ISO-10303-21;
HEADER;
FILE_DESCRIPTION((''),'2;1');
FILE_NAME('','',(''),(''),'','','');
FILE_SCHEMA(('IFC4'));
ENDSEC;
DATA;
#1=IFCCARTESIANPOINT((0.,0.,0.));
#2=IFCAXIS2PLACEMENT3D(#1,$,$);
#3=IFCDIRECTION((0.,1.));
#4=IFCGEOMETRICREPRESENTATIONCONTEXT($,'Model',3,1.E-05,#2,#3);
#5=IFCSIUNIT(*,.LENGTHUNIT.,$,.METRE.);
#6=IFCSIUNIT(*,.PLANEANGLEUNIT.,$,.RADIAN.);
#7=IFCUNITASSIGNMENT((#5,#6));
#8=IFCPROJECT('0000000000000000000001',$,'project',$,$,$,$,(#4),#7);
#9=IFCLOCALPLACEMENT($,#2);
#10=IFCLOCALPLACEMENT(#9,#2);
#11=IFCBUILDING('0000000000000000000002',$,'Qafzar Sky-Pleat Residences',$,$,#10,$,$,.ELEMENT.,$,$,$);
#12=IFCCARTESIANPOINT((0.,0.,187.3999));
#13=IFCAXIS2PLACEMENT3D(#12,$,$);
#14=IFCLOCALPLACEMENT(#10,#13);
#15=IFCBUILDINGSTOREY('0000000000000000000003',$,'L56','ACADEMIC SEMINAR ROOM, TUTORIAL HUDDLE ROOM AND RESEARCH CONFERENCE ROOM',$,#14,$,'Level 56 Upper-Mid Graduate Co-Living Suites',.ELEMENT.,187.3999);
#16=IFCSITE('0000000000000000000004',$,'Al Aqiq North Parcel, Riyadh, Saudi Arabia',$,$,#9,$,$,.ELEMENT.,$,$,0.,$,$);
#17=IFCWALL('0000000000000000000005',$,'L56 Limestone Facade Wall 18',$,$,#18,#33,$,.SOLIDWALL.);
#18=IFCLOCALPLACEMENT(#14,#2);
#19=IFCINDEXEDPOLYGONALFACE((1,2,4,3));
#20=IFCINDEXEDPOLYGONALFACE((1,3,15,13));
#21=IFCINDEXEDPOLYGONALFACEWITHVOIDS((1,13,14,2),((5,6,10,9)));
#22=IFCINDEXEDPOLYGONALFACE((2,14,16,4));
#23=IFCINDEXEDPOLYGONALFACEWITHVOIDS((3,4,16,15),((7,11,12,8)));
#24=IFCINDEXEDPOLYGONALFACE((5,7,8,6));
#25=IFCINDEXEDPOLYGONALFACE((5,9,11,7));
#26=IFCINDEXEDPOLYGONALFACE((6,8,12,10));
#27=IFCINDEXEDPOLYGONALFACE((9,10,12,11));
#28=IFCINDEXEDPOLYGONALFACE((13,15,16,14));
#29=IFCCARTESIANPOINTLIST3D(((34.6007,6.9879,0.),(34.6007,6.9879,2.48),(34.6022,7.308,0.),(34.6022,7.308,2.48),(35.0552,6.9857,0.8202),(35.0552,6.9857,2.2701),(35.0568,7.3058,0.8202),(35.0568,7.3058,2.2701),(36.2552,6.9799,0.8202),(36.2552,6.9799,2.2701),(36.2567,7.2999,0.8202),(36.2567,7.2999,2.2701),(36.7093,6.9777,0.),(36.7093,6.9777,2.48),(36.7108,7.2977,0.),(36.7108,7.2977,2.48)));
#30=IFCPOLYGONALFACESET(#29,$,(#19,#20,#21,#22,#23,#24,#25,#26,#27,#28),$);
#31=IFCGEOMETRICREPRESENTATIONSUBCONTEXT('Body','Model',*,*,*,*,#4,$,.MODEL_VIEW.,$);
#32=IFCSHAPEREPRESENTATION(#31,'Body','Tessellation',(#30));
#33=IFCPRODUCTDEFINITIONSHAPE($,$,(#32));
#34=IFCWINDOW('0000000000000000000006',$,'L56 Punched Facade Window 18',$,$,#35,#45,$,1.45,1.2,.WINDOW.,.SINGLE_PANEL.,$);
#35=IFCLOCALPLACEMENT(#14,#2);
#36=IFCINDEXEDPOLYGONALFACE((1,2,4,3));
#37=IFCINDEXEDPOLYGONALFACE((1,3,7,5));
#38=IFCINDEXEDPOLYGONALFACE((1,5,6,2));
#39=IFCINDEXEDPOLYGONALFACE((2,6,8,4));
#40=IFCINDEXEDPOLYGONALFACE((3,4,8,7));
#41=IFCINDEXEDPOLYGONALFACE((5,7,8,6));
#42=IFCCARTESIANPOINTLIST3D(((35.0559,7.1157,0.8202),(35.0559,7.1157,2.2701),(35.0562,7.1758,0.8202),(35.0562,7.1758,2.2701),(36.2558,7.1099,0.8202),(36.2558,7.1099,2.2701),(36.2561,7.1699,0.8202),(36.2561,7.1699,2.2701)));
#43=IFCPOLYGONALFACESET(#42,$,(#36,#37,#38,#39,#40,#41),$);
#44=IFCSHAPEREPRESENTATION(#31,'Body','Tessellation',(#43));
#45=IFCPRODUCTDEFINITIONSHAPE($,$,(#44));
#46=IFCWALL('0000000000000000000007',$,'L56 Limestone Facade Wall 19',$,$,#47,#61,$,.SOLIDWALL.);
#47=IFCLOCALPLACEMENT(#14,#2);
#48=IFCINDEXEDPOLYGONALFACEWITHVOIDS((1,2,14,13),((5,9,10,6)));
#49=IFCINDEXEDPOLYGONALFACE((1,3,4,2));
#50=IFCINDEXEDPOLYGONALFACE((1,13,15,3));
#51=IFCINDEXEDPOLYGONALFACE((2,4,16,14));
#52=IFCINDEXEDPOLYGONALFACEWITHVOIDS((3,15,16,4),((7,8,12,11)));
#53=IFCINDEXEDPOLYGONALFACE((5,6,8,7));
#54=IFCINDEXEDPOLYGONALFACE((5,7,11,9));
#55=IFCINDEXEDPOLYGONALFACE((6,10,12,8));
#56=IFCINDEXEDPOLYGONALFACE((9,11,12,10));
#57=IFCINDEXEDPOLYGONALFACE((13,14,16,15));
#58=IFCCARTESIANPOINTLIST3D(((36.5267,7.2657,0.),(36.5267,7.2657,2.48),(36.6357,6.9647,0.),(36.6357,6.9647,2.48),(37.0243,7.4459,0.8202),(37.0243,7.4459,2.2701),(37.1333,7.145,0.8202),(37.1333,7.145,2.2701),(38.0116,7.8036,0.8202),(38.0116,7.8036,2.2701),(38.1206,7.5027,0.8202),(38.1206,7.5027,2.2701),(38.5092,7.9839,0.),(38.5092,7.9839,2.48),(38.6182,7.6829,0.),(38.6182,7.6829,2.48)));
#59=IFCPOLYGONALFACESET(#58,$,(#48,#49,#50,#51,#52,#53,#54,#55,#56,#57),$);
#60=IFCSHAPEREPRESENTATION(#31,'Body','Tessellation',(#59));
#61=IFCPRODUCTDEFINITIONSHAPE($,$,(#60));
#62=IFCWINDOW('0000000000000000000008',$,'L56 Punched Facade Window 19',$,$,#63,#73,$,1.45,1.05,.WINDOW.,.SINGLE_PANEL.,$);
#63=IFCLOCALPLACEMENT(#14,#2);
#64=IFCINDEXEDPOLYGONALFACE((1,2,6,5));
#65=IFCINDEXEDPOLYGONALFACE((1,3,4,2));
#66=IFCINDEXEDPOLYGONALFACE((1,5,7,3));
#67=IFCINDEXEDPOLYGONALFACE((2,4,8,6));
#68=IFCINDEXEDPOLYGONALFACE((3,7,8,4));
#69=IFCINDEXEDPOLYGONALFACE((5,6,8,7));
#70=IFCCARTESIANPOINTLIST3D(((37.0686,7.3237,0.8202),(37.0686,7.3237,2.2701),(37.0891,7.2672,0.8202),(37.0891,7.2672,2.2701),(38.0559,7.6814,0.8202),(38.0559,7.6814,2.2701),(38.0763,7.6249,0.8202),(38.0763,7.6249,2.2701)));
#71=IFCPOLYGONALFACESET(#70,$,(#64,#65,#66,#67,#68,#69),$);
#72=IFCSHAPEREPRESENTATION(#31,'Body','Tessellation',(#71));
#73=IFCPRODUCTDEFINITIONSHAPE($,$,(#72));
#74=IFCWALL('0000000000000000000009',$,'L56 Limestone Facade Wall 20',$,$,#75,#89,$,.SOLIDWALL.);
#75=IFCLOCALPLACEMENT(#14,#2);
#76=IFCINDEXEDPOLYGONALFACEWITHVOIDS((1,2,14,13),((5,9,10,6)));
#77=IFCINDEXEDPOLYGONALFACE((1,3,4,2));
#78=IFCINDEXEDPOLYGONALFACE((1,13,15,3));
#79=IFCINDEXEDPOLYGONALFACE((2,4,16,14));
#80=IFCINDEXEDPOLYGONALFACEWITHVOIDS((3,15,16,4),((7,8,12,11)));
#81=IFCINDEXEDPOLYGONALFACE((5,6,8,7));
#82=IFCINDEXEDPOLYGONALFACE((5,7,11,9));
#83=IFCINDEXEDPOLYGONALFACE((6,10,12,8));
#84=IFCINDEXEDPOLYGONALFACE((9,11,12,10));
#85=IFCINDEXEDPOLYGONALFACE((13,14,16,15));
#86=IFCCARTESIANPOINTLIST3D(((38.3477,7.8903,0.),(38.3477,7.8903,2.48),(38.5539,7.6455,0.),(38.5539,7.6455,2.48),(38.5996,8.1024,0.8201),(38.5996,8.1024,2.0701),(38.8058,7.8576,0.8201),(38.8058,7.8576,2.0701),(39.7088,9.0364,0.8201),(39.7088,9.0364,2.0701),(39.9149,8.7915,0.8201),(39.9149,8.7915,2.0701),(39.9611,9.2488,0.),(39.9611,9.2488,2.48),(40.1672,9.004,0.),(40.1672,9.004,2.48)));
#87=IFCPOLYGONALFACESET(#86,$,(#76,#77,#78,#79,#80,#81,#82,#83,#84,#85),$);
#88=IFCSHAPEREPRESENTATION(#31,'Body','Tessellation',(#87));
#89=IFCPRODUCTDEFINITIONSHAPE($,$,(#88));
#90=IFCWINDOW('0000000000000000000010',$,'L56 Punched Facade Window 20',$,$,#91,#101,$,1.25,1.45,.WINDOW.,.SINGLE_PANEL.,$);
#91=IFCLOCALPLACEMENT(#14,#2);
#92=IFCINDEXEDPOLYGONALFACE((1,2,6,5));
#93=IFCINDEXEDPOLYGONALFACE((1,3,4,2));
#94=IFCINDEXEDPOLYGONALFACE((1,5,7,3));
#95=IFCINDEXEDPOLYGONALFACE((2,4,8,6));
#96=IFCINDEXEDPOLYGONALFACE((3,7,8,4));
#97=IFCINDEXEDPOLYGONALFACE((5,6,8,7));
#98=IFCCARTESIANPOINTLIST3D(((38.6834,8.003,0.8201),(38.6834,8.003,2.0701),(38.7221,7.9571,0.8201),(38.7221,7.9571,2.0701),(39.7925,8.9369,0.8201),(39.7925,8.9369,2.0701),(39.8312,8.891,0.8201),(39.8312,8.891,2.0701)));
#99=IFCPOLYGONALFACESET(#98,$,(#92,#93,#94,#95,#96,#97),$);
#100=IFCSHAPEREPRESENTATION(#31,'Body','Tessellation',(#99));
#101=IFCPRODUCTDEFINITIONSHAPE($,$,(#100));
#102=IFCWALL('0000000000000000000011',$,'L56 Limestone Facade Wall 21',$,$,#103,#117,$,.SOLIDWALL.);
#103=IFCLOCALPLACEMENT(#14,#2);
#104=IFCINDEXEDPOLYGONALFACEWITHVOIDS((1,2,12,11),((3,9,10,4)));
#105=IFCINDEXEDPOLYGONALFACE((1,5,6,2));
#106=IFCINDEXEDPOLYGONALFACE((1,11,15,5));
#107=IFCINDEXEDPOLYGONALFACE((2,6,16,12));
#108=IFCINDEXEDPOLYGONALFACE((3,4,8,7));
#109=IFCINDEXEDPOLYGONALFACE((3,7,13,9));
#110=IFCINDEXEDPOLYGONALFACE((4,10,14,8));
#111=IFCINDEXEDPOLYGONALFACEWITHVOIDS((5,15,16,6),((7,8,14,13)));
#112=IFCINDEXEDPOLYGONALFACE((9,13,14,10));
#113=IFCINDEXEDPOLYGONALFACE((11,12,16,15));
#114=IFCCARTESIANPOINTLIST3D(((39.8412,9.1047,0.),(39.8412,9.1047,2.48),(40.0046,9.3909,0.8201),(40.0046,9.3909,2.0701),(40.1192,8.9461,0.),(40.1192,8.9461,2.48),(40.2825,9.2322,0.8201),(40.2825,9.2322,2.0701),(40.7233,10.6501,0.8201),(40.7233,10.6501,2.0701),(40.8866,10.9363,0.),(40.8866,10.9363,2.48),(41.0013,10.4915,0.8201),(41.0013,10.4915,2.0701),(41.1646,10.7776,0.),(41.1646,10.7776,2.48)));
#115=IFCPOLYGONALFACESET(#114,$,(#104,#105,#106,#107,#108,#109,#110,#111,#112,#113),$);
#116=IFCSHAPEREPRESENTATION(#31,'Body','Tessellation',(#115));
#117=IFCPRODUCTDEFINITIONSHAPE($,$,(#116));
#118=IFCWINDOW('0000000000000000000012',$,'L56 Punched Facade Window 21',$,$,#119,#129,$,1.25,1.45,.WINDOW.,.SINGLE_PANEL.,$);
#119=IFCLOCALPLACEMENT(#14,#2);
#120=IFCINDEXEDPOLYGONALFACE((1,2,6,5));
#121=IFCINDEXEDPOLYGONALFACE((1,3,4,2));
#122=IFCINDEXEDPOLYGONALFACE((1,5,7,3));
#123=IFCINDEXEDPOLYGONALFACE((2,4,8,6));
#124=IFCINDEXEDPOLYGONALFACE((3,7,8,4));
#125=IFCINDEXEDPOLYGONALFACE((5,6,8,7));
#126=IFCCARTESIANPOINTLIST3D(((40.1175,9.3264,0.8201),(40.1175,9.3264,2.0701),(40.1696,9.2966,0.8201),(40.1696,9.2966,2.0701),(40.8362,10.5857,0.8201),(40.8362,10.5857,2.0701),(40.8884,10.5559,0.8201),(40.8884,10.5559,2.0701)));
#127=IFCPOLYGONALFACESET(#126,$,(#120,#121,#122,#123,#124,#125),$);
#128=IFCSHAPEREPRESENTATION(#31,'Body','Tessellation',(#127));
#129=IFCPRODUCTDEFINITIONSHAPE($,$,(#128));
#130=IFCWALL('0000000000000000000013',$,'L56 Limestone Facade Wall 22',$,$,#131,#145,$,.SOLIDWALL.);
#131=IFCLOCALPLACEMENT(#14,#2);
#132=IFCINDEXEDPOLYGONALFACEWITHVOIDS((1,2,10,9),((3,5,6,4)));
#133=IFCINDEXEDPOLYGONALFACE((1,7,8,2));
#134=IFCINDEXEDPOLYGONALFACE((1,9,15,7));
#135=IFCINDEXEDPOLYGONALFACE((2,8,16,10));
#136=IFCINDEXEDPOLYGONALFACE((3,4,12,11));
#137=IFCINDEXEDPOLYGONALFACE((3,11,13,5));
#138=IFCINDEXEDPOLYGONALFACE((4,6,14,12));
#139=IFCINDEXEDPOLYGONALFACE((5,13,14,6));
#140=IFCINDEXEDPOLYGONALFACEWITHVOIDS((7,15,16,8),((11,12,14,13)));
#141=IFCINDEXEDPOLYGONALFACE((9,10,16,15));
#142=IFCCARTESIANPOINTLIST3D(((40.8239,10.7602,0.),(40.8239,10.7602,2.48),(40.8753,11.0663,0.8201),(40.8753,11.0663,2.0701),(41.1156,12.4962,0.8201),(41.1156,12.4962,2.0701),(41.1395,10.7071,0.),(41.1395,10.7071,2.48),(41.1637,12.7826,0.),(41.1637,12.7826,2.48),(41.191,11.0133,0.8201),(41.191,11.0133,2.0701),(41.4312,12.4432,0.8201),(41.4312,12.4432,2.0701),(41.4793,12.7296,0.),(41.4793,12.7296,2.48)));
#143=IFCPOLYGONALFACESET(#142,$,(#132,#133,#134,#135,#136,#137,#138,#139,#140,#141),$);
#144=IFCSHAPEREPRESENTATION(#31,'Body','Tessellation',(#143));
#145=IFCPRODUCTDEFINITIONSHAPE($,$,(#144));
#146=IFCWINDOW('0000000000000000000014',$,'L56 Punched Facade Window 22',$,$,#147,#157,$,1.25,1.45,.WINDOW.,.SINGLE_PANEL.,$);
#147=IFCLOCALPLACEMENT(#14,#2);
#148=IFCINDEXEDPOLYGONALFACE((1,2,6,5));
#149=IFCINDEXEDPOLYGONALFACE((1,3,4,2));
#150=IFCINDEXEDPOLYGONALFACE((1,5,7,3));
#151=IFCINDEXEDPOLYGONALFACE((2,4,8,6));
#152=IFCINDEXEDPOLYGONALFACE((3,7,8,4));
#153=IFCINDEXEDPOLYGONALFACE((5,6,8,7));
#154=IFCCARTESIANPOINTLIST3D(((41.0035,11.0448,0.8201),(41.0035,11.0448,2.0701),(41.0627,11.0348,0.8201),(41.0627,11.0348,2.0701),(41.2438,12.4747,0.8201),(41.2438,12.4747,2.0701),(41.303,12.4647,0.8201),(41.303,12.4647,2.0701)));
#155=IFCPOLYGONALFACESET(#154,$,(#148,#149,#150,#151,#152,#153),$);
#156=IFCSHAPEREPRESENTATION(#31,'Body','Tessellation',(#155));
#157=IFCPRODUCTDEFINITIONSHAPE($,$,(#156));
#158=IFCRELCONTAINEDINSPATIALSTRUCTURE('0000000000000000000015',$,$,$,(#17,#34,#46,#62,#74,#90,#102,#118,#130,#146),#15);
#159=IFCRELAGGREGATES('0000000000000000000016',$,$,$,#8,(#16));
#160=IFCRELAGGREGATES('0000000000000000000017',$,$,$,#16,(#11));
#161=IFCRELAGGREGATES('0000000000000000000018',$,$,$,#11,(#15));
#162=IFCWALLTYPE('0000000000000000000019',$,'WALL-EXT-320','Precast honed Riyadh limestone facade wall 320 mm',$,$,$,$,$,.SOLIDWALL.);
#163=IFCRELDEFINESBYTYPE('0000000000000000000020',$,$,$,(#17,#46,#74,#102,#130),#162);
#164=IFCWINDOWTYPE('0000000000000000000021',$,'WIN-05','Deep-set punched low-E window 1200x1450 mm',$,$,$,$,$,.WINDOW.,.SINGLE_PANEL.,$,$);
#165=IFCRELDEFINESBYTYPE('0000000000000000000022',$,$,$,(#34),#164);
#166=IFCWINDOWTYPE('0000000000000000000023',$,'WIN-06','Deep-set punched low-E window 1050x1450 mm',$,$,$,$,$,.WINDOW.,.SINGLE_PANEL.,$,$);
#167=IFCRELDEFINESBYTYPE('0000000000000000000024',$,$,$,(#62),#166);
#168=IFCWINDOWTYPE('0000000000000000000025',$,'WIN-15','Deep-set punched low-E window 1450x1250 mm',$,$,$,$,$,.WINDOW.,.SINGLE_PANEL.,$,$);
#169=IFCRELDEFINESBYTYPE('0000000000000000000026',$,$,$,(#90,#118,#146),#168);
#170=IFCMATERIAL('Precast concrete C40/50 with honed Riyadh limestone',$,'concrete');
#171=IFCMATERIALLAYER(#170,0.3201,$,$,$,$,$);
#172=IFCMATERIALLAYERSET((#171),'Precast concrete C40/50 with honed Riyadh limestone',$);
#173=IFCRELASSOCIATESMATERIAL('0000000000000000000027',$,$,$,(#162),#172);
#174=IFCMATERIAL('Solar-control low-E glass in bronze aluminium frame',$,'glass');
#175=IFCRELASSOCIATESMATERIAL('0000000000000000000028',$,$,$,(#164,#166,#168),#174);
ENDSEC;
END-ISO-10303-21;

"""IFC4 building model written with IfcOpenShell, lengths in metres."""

from ifc_helpers import new_model, si_unit, direction, frame, frame_2d, origin, place, context, subcontext, project, spatial, rectangle, extrude, source, transform, mapped, material, layer, layer_set, type_object, element, fill, save


model = new_model("IFC4")

# Units and contexts
model_context = context("Model", 3, precision=1e-05, world=origin(), true_north=direction((0.0, 1.0)))
body_context = subcontext(model_context, "Body", "Model", "MODEL_VIEW")
ifc_project = project(units=[si_unit("LENGTHUNIT", "METRE"), si_unit("PLANEANGLEUNIT", "RADIAN")], contexts=[model_context])

# Site, building, storey
site_placement = place(None, origin())
site = spatial("IfcSite", under=ifc_project, at=site_placement, Name="Al Aqiq North Parcel, Riyadh, Saudi Arabia", CompositionType="ELEMENT", RefElevation=0.0)
building_placement = place(site_placement, origin())
building = spatial("IfcBuilding", under=site, at=building_placement, Name="Qafzar Sky-Pleat Residences", CompositionType="ELEMENT")
storey_placement = place(building_placement, frame((0.0, 0.0, 187.3999)))
storey = spatial("IfcBuildingStorey", under=building, at=storey_placement, Name="L56", Description="ACADEMIC SEMINAR ROOM, TUTORIAL HUDDLE ROOM AND RESEARCH CONFERENCE ROOM", LongName="Level 56 Upper-Mid Graduate Co-Living Suites", CompositionType="ELEMENT", Elevation=187.3999)

# Walls, openings, windows
ifc_material_1 = material(Name="Precast concrete C40/50 with honed Riyadh limestone", Category="concrete")
ifc_layer_1 = layer(ifc_material_1, 0.3201)
ifc_layer_set_1 = layer_set([ifc_layer_1], Name="Precast concrete C40/50 with honed Riyadh limestone")
wall_type = type_object("IfcWallType", Name="WALL-EXT-320", Description="Precast honed Riyadh limestone facade wall 320 mm", PredefinedType="SOLIDWALL", material=ifc_layer_set_1)
wall_1_placement = place(storey_placement, frame((34.6016, 7.1479, 0.0), z_axis=(0.0, 0.0, 1.0), x_axis=(0.999988, -0.004863, 0.0)))
wall_1 = element("IfcWall", 1, at=wall_1_placement, inside=storey, type_object=wall_type, Name="L56 Limestone Facade Wall 18", PredefinedType="SOLIDWALL", context=body_context, shape_type="SweptSolid", body=[
    extrude(rectangle(XDim=2.1086, YDim=0.3201, at=frame_2d((1.0542, 0.0))), origin(), (0.0, 0.0, 1.0), 2.48),
])
opening_1_placement = place(wall_1_placement, frame((0.4543, 0.0, 0.8201)))
opening_1 = element("IfcOpeningElement", 2, at=opening_1_placement, cuts=wall_1, PredefinedType="OPENING", context=body_context, shape_type="SweptSolid", body=[
    extrude(rectangle(XDim=1.2, YDim=1.45, at=frame_2d((0.6001, 0.7251))), frame((0.0, 0.1699, 0.0), z_axis=(0.0, -1.0, 0.0), x_axis=(1.0, 0.0, 0.0)), (0.0, 0.0, 1.0), 0.3401),
])
ifc_material_2 = material(Name="Solar-control low-E glass in bronze aluminium frame", Category="glass")
window_type_1 = type_object("IfcWindowType", Name="WIN-05", Description="Deep-set punched low-E window 1200x1450 mm", PartitioningType="SINGLE_PANEL", PredefinedType="WINDOW", material=ifc_material_2)
shared_shape_1 = source(origin(), body_context, "Body", "SweptSolid", [
    extrude(rectangle(XDim=1.2, YDim=1.45, at=frame_2d((0.6001, 0.7251))), frame((0.0, 0.03, 0.0), z_axis=(0.0, -1.0, 0.0), x_axis=(1.0, 0.0, 0.0)), (0.0, 0.0, 1.0), 0.0601),
])
window_1_placement = place(opening_1_placement, origin())
window_1 = element("IfcWindow", 3, at=window_1_placement, inside=storey, type_object=window_type_1, Name="L56 Punched Facade Window 18", OverallHeight=1.45, OverallWidth=1.2, PartitioningType="SINGLE_PANEL", PredefinedType="WINDOW", context=body_context, shape_type="MappedRepresentation", body=[
    mapped(shared_shape_1, transform((0.0, 0.0, 0.0), x_axis=(1.0, 0.0, 0.0), y_axis=(0.0, 1.0, 0.0), z_axis=(0.0, 0.0, 1.0), scale=1.0)),
])
fill(opening_1, window_1)
wall_2_placement = place(storey_placement, frame((36.5813, 7.1152, 0.0), z_axis=(0.0, 0.0, 1.0), x_axis=(0.940205, 0.340609, 0.0)))
wall_2 = element("IfcWall", 4, at=wall_2_placement, inside=storey, type_object=wall_type, Name="L56 Limestone Facade Wall 19", PredefinedType="SOLIDWALL", context=body_context, shape_type="SweptSolid", body=[
    extrude(rectangle(XDim=2.1086, YDim=0.3201, at=frame_2d((1.0542, 0.0))), origin(), (0.0, 0.0, 1.0), 2.48),
])
opening_2_placement = place(wall_2_placement, frame((0.5293, 0.0, 0.8201)))
opening_2 = element("IfcOpeningElement", 5, at=opening_2_placement, cuts=wall_2, PredefinedType="OPENING", context=body_context, shape_type="SweptSolid", body=[
    extrude(rectangle(XDim=1.05, YDim=1.45, at=frame_2d((0.5249, 0.7251))), frame((0.0, 0.1699, 0.0), z_axis=(0.0, -1.0, 0.0), x_axis=(1.0, 0.0, 0.0)), (0.0, 0.0, 1.0), 0.3401),
])
window_type_2 = type_object("IfcWindowType", Name="WIN-06", Description="Deep-set punched low-E window 1050x1450 mm", PartitioningType="SINGLE_PANEL", PredefinedType="WINDOW", material=ifc_material_2)
shared_shape_2 = source(origin(), body_context, "Body", "SweptSolid", [
    extrude(rectangle(XDim=1.05, YDim=1.45, at=frame_2d((0.5249, 0.7251))), frame((0.0, 0.03, 0.0), z_axis=(0.0, -1.0, 0.0), x_axis=(1.0, 0.0, 0.0)), (0.0, 0.0, 1.0), 0.0601),
])
window_2_placement = place(opening_2_placement, origin())
window_2 = element("IfcWindow", 6, at=window_2_placement, inside=storey, type_object=window_type_2, Name="L56 Punched Facade Window 19", OverallHeight=1.45, OverallWidth=1.05, PartitioningType="SINGLE_PANEL", PredefinedType="WINDOW", context=body_context, shape_type="MappedRepresentation", body=[
    mapped(shared_shape_2, transform((0.0, 0.0, 0.0), x_axis=(1.0, 0.0, 0.0), y_axis=(0.0, 1.0, 0.0), z_axis=(0.0, 0.0, 1.0), scale=1.0)),
])
fill(opening_2, window_2)
wall_3_placement = place(storey_placement, frame((38.4507, 7.7678, 0.0), z_axis=(0.0, 0.0, 1.0), x_axis=(0.764947, 0.644093, 0.0)))
wall_3 = element("IfcWall", 7, at=wall_3_placement, inside=storey, type_object=wall_type, Name="L56 Limestone Facade Wall 20", PredefinedType="SOLIDWALL", context=body_context, shape_type="SweptSolid", body=[
    extrude(rectangle(XDim=2.1091, YDim=0.3201, at=frame_2d((1.0547, 0.0))), origin(), (0.0, 0.0, 1.0), 2.48),
])
opening_3_placement = place(wall_3_placement, frame((0.3293, 0.0, 0.8201)))
opening_3 = element("IfcOpeningElement", 8, at=opening_3_placement, cuts=wall_3, PredefinedType="OPENING", context=body_context, shape_type="SweptSolid", body=[
    extrude(rectangle(XDim=1.45, YDim=1.25, at=frame_2d((0.7251, 0.625))), frame((0.0, 0.1699, 0.0), z_axis=(0.0, -1.0, 0.0), x_axis=(1.0, 0.0, 0.0)), (0.0, 0.0, 1.0), 0.3401),
])
window_type_3 = type_object("IfcWindowType", Name="WIN-15", Description="Deep-set punched low-E window 1450x1250 mm", PartitioningType="SINGLE_PANEL", PredefinedType="WINDOW", material=ifc_material_2)
shared_shape_3 = source(origin(), body_context, "Body", "SweptSolid", [
    extrude(rectangle(XDim=1.45, YDim=1.25, at=frame_2d((0.7251, 0.625))), frame((0.0, 0.03, 0.0), z_axis=(0.0, -1.0, 0.0), x_axis=(1.0, 0.0, 0.0)), (0.0, 0.0, 1.0), 0.0601),
])
window_3_placement = place(opening_3_placement, origin())
window_3 = element("IfcWindow", 9, at=window_3_placement, inside=storey, type_object=window_type_3, Name="L56 Punched Facade Window 20", OverallHeight=1.25, OverallWidth=1.45, PartitioningType="SINGLE_PANEL", PredefinedType="WINDOW", context=body_context, shape_type="MappedRepresentation", body=[
    mapped(shared_shape_3, transform((0.0, 0.0, 0.0), x_axis=(1.0, 0.0, 0.0), y_axis=(0.0, 1.0, 0.0), z_axis=(0.0, 0.0, 1.0), scale=1.0)),
])
fill(opening_3, window_3)
wall_4_placement = place(storey_placement, frame((39.9802, 9.0254, 0.0), z_axis=(0.0, 0.0, 1.0), x_axis=(0.495715, 0.868485, 0.0)))
wall_4 = element("IfcWall", 10, at=wall_4_placement, inside=storey, type_object=wall_type, Name="L56 Limestone Facade Wall 21", PredefinedType="SOLIDWALL", context=body_context, shape_type="SweptSolid", body=[
    extrude(rectangle(XDim=2.1089, YDim=0.3201, at=frame_2d((1.0544, 0.0))), origin(), (0.0, 0.0, 1.0), 2.48),
])
opening_4_placement = place(wall_4_placement, frame((0.3293, 0.0, 0.8201)))
opening_4 = element("IfcOpeningElement", 11, at=opening_4_placement, cuts=wall_4, PredefinedType="OPENING", context=body_context, shape_type="SweptSolid", body=[
    extrude(rectangle(XDim=1.45, YDim=1.25, at=frame_2d((0.7251, 0.625))), frame((0.0, 0.1699, 0.0), z_axis=(0.0, -1.0, 0.0), x_axis=(1.0, 0.0, 0.0)), (0.0, 0.0, 1.0), 0.3401),
])
window_4_placement = place(opening_4_placement, origin())
window_4 = element("IfcWindow", 12, at=window_4_placement, inside=storey, type_object=window_type_3, Name="L56 Punched Facade Window 21", OverallHeight=1.25, OverallWidth=1.45, PartitioningType="SINGLE_PANEL", PredefinedType="WINDOW", context=body_context, shape_type="MappedRepresentation", body=[
    mapped(shared_shape_3, transform((0.0, 0.0, 0.0), x_axis=(1.0, 0.0, 0.0), y_axis=(0.0, 1.0, 0.0), z_axis=(0.0, 0.0, 1.0), scale=1.0)),
])
fill(opening_4, window_4)
wall_5_placement = place(storey_placement, frame((40.9817, 10.7336, 0.0), z_axis=(0.0, 0.0, 1.0), x_axis=(0.165712, 0.986174, 0.0)))
wall_5 = element("IfcWall", 13, at=wall_5_placement, inside=storey, type_object=wall_type, Name="L56 Limestone Facade Wall 22", PredefinedType="SOLIDWALL", context=body_context, shape_type="SweptSolid", body=[
    extrude(rectangle(XDim=2.0508, YDim=0.3201, at=frame_2d((1.0254, 0.0))), origin(), (0.0, 0.0, 1.0), 2.48),
])
opening_5_placement = place(wall_5_placement, frame((0.3103, 0.0, 0.8201)))
opening_5 = element("IfcOpeningElement", 14, at=opening_5_placement, cuts=wall_5, PredefinedType="OPENING", context=body_context, shape_type="SweptSolid", body=[
    extrude(rectangle(XDim=1.45, YDim=1.25, at=frame_2d((0.7251, 0.625))), frame((0.0, 0.1699, 0.0), z_axis=(0.0, -1.0, 0.0), x_axis=(1.0, 0.0, 0.0)), (0.0, 0.0, 1.0), 0.3401),
])
window_5_placement = place(opening_5_placement, origin())
window_5 = element("IfcWindow", 15, at=window_5_placement, inside=storey, type_object=window_type_3, Name="L56 Punched Facade Window 22", OverallHeight=1.25, OverallWidth=1.45, PartitioningType="SINGLE_PANEL", PredefinedType="WINDOW", context=body_context, shape_type="MappedRepresentation", body=[
    mapped(shared_shape_3, transform((0.0, 0.0, 0.0), x_axis=(1.0, 0.0, 0.0), y_axis=(0.0, 1.0, 0.0), z_axis=(0.0, 0.0, 1.0), scale=1.0)),
])
fill(opening_5, window_5)

save(model, "model.ifc")
